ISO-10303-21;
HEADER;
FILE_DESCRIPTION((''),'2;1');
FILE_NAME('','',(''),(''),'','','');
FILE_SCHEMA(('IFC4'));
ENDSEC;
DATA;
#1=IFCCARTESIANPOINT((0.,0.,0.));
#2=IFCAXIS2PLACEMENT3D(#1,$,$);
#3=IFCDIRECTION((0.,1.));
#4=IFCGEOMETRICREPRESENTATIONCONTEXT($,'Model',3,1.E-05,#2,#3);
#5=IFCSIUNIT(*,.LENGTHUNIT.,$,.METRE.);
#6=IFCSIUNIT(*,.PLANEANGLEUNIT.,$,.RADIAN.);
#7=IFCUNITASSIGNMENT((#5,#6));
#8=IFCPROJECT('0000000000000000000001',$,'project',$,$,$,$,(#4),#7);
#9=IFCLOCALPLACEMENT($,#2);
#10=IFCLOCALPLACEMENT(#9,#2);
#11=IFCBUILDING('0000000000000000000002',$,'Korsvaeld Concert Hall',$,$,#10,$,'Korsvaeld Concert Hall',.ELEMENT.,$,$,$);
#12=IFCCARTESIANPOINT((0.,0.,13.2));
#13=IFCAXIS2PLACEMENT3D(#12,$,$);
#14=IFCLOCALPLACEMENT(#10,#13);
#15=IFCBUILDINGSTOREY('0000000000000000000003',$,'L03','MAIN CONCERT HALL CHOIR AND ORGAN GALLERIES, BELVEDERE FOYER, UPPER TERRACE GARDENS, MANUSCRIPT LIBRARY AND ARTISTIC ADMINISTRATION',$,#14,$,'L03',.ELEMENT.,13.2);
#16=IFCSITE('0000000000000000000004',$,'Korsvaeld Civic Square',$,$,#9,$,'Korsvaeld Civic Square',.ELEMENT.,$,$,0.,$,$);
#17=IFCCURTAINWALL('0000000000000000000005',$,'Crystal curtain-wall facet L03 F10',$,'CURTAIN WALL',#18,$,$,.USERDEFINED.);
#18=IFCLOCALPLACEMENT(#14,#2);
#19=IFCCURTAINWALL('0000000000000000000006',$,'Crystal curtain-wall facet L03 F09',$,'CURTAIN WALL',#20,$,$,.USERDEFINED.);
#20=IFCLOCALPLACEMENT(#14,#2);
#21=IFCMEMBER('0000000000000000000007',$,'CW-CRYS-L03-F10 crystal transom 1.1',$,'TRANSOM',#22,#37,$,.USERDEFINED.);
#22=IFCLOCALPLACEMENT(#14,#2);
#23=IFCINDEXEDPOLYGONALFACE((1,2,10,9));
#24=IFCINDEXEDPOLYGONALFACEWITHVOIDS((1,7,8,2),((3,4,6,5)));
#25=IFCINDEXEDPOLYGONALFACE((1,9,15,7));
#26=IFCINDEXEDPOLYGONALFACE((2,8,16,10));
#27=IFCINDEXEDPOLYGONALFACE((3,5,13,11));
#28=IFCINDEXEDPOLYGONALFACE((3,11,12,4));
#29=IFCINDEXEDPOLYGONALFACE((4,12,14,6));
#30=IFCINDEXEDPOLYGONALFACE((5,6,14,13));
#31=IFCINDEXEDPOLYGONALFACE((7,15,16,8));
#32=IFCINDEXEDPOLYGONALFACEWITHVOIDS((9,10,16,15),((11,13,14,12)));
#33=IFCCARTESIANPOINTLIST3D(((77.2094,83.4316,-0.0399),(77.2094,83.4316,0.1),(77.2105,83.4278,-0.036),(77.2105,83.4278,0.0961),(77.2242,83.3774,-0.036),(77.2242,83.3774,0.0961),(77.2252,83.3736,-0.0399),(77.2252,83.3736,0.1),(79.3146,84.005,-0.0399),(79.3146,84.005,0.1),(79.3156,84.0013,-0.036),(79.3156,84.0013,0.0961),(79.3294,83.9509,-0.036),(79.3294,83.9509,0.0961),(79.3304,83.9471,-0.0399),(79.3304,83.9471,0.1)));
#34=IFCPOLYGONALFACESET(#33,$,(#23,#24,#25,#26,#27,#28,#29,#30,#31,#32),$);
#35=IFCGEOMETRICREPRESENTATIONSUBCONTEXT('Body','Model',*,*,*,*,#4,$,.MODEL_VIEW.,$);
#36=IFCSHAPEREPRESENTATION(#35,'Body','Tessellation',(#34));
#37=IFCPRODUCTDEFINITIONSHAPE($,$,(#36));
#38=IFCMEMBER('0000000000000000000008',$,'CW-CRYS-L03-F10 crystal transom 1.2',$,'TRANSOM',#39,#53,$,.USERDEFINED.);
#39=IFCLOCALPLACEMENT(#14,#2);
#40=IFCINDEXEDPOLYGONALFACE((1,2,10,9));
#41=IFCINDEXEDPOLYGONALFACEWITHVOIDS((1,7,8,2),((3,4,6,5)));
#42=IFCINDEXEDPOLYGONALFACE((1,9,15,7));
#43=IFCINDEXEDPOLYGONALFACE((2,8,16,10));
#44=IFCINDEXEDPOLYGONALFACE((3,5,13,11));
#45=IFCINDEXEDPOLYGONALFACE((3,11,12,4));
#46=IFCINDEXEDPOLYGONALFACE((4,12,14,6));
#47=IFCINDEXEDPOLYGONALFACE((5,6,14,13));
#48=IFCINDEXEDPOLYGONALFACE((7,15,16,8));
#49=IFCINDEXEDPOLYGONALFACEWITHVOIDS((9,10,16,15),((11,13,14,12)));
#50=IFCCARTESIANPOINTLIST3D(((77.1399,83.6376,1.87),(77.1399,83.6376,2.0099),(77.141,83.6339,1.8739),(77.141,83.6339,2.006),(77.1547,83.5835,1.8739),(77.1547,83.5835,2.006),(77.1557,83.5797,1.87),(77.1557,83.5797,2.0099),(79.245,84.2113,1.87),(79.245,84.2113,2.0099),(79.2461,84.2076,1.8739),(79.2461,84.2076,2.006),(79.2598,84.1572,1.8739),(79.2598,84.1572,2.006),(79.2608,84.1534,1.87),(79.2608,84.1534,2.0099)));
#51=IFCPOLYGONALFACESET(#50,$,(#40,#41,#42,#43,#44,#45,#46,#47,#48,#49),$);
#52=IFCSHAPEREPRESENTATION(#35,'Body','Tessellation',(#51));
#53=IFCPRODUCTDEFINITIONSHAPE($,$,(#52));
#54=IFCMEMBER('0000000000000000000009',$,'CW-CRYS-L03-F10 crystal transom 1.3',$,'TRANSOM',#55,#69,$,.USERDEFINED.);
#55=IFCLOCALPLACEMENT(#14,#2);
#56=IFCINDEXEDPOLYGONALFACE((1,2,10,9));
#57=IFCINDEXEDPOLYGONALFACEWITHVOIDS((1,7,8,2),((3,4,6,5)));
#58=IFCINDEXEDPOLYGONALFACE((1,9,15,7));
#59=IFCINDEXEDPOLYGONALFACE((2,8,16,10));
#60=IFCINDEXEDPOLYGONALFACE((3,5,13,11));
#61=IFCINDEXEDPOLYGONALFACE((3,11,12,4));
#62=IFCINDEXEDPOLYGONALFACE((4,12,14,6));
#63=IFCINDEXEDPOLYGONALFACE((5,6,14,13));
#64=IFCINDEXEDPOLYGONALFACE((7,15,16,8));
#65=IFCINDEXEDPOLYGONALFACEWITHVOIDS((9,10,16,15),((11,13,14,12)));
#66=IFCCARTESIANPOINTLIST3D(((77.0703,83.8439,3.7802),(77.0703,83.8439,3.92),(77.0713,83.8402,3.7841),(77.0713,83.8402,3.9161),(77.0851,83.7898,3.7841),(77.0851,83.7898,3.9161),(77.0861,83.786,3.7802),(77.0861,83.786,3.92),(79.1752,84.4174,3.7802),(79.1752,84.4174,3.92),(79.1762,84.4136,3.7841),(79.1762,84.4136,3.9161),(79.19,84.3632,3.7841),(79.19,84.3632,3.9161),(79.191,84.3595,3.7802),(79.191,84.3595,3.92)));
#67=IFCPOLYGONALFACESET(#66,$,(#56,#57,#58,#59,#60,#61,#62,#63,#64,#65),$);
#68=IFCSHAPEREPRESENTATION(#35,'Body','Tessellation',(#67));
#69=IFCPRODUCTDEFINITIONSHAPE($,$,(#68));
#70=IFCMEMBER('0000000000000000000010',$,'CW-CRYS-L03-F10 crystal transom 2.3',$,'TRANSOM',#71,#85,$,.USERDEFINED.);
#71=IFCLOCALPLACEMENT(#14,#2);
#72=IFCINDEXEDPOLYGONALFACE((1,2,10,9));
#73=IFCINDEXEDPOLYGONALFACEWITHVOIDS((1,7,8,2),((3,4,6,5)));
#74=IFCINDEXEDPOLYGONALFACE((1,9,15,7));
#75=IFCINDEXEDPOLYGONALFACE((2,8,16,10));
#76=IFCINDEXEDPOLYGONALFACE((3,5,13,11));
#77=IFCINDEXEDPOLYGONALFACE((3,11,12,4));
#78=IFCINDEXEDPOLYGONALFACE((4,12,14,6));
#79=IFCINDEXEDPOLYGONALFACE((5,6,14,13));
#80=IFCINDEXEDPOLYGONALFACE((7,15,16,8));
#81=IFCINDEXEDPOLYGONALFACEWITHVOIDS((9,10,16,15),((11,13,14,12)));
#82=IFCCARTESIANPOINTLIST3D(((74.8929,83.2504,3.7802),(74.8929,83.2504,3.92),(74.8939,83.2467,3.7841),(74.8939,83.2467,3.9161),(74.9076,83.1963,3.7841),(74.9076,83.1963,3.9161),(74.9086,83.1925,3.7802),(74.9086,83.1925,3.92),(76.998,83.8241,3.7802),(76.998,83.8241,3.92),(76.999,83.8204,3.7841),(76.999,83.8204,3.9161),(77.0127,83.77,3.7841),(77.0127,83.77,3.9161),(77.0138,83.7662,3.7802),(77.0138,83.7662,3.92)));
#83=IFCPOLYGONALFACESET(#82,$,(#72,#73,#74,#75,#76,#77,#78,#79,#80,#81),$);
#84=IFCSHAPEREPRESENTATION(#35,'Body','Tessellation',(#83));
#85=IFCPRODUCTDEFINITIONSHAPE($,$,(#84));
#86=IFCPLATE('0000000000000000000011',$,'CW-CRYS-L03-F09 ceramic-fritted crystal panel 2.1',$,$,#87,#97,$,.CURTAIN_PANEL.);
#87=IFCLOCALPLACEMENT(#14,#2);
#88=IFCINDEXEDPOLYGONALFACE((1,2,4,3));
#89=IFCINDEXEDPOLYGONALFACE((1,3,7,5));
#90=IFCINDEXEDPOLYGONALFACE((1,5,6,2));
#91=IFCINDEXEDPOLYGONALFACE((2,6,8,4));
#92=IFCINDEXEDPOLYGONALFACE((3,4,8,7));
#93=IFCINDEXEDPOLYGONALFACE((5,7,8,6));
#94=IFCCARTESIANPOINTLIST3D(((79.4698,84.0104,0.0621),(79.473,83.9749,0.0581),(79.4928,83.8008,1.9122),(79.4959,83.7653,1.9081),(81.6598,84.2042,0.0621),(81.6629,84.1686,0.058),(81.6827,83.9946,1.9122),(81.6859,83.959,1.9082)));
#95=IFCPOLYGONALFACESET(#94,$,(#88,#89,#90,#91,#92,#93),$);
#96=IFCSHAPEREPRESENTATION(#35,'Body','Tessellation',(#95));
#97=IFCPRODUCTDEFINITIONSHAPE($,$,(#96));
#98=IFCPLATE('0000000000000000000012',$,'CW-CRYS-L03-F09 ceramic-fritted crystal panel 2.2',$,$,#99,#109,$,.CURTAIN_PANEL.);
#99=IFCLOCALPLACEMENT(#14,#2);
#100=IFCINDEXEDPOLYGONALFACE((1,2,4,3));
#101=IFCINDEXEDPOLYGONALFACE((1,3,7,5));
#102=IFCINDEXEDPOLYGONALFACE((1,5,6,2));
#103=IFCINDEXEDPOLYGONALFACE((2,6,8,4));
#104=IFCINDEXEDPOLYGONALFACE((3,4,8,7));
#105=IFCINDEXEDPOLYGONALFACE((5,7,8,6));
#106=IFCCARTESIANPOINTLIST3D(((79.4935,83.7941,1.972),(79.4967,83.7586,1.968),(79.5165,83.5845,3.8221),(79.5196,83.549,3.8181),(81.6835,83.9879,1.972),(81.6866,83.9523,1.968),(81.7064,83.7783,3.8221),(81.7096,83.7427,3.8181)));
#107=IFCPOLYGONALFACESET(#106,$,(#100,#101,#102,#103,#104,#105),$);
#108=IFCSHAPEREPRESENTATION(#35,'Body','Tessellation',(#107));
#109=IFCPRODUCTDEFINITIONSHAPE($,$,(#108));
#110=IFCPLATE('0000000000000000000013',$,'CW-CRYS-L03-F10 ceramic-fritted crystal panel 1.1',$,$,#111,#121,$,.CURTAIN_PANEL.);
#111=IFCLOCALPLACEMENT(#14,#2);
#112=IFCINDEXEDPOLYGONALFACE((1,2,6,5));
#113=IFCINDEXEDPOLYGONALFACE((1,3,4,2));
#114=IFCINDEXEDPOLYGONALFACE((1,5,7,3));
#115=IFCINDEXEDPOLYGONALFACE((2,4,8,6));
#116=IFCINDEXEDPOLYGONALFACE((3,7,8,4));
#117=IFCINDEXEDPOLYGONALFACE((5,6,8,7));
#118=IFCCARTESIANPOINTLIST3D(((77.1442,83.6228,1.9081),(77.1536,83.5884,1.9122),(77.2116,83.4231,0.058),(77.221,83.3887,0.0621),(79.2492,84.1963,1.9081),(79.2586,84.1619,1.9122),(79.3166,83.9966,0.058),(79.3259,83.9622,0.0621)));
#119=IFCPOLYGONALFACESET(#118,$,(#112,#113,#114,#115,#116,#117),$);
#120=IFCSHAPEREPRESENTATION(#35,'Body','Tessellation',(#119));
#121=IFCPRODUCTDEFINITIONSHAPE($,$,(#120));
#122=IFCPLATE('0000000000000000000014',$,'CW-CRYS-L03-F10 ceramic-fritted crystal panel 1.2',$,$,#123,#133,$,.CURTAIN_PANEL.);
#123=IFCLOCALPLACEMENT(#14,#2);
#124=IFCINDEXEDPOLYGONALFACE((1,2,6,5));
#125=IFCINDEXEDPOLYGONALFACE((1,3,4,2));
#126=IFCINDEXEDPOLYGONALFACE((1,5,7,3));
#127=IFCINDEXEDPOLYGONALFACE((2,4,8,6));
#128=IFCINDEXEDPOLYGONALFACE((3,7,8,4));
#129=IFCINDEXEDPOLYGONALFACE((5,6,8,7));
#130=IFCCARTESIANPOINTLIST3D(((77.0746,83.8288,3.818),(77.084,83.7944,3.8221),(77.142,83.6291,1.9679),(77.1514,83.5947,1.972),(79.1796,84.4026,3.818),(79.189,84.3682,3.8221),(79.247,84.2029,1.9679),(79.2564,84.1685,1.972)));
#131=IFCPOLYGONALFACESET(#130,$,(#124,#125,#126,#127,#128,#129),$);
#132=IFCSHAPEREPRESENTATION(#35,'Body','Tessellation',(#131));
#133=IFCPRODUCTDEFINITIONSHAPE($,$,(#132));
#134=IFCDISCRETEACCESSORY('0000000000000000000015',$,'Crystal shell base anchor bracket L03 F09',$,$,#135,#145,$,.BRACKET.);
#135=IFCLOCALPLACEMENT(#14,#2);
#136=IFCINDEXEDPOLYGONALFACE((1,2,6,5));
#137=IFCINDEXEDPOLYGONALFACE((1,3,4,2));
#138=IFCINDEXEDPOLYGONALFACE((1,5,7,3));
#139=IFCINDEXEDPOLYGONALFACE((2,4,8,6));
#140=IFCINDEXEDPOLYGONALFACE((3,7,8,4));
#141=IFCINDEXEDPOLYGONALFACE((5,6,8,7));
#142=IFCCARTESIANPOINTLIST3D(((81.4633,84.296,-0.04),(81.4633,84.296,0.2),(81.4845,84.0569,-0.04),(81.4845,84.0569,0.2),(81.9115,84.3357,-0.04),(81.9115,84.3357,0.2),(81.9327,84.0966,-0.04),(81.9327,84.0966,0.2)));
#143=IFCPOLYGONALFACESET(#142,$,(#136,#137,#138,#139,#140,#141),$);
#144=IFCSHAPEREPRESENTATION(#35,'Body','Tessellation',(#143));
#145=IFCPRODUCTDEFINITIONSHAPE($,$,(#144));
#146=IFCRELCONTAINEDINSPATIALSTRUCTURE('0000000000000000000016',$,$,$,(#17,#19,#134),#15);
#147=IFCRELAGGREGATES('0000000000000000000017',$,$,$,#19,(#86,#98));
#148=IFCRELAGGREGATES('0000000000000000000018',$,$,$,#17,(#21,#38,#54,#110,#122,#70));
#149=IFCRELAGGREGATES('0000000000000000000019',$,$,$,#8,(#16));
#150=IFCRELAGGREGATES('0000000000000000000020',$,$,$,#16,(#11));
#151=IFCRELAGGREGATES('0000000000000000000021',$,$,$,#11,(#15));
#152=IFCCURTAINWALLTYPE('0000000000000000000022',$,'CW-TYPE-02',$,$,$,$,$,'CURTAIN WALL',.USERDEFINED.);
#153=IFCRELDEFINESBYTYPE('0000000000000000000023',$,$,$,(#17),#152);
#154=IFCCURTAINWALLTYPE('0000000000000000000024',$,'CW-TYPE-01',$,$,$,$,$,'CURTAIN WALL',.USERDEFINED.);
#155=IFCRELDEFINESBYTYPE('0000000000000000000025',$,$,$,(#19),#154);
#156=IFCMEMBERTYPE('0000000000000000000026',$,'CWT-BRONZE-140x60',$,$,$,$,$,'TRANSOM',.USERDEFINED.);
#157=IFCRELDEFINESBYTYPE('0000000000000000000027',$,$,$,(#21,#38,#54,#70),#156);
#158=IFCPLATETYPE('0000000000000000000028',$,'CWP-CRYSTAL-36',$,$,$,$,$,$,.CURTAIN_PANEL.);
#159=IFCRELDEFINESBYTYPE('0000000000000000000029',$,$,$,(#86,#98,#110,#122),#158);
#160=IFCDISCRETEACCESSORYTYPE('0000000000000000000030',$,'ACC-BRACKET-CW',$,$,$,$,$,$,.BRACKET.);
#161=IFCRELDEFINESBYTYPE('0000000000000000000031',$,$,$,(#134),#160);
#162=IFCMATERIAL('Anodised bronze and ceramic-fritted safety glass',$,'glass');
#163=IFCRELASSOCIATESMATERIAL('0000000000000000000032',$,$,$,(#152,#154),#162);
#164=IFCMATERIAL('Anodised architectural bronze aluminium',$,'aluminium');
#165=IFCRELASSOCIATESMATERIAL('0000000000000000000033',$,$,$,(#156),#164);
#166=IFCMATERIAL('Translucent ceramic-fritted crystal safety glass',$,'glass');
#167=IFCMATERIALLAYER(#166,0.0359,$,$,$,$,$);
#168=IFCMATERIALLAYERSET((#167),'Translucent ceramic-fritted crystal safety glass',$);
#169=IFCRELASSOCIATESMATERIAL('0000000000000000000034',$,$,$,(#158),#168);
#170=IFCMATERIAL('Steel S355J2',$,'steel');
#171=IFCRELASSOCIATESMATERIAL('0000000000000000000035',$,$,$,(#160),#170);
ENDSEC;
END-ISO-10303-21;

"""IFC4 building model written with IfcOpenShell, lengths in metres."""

from ifc_helpers import new_model, si_unit, direction, frame, origin, origin_2d, place, context, subcontext, project, spatial, polyline, rectangle, hollow_rectangle, outline, extrude, material, layer, layer_set, material_profile, profile_set, type_object, element, aggregate, save


model = new_model("IFC4")

# Units and contexts
model_context = context("Model", 3, precision=1e-05, world=origin(), true_north=direction((0.0, 1.0)))
body_context = subcontext(model_context, "Body", "Model", "MODEL_VIEW")
ifc_project = project(units=[si_unit("LENGTHUNIT", "METRE"), si_unit("PLANEANGLEUNIT", "RADIAN")], contexts=[model_context])

# Site, building, storey
site_placement = place(None, origin())
site = spatial("IfcSite", under=ifc_project, at=site_placement, Name="Korsvaeld Civic Square", LongName="Korsvaeld Civic Square", CompositionType="ELEMENT", RefElevation=0.0)
building_placement = place(site_placement, origin())
building = spatial("IfcBuilding", under=site, at=building_placement, Name="Korsvaeld Concert Hall", LongName="Korsvaeld Concert Hall", CompositionType="ELEMENT")
storey_placement = place(building_placement, frame((0.0, 0.0, 13.2)))
storey = spatial("IfcBuildingStorey", under=building, at=storey_placement, Name="L03", Description="MAIN CONCERT HALL CHOIR AND ORGAN GALLERIES, BELVEDERE FOYER, UPPER TERRACE GARDENS, MANUSCRIPT LIBRARY AND ARTISTIC ADMINISTRATION", LongName="L03", CompositionType="ELEMENT", Elevation=13.2)

# Shared definitions
ifc_material_1 = material(Name="Steel S355J2", Category="steel")

# Curtain wall
ifc_material_2 = material(Name="Anodised bronze and ceramic-fritted safety glass", Category="glass")
curtain_wall_type_1 = type_object("IfcCurtainWallType", Name="CW-TYPE-02", ElementType="CURTAIN WALL", PredefinedType="USERDEFINED", material=ifc_material_2)
curtain_wall_1_placement = place(storey_placement, origin())
curtain_wall_1 = element("IfcCurtainWall", 1, at=curtain_wall_1_placement, inside=storey, type_object=curtain_wall_type_1, Name="Crystal curtain-wall facet L03 F10", ObjectType="CURTAIN WALL", PredefinedType="USERDEFINED")
ifc_material_3 = material(Name="Anodised architectural bronze aluminium", Category="aluminium")

# Curtain wall
curtain_wall_type_2 = type_object("IfcCurtainWallType", Name="CW-TYPE-01", ElementType="CURTAIN WALL", PredefinedType="USERDEFINED", material=ifc_material_2)
curtain_wall_2_placement = place(storey_placement, origin())
curtain_wall_2 = element("IfcCurtainWall", 2, at=curtain_wall_2_placement, inside=storey, type_object=curtain_wall_type_2, Name="Crystal curtain-wall facet L03 F09", ObjectType="CURTAIN WALL", PredefinedType="USERDEFINED")
ifc_material_profile_1 = material_profile(ifc_material_3, hollow_rectangle(XDim=0.0601, YDim=0.1399, WallThickness=0.0039, at=origin_2d()), Name="CWT 140x60x4")
ifc_profile_set_1 = profile_set([ifc_material_profile_1], Name="Anodised architectural bronze aluminium")
member_type_1 = type_object("IfcMemberType", Name="CWT-BRONZE-140x60", ElementType="TRANSOM", PredefinedType="USERDEFINED", material=ifc_profile_set_1)

# Members
member_1_placement = place(storey_placement, frame((79.3225, 83.9761, 0.03), z_axis=(-0.964841, -0.262833, 0.0), x_axis=(0.262833, -0.964841, 0.0)))
member_1 = element("IfcMember", 3, at=member_1_placement, type_object=member_type_1, Name="CW-CRYS-L03-F10 crystal transom 1.1", ObjectType="TRANSOM", PredefinedType="USERDEFINED", context=body_context, shape_type="SweptSolid", body=[
    extrude(hollow_rectangle(XDim=0.0601, YDim=0.1399, WallThickness=0.0039, at=origin_2d()), origin(), (0.0, 0.0, 1.0), 2.1819),
])
member_2_placement = place(storey_placement, frame((79.2529, 84.1824, 1.9399), z_axis=(-0.964813, -0.262938, 0.0), x_axis=(0.262938, -0.964813, 0.0)))
member_2 = element("IfcMember", 4, at=member_2_placement, type_object=member_type_1, Name="CW-CRYS-L03-F10 crystal transom 1.2", ObjectType="TRANSOM", PredefinedType="USERDEFINED", context=body_context, shape_type="SweptSolid", body=[
    extrude(hollow_rectangle(XDim=0.0601, YDim=0.1399, WallThickness=0.0039, at=origin_2d()), origin(), (0.0, 0.0, 1.0), 2.1819),
])
member_3_placement = place(storey_placement, frame((79.1831, 84.3884, 3.8501), z_axis=(-0.964834, -0.262862, 0.0), x_axis=(0.262862, -0.964834, 0.0)))
member_3 = element("IfcMember", 5, at=member_3_placement, type_object=member_type_1, Name="CW-CRYS-L03-F10 crystal transom 1.3", ObjectType="TRANSOM", PredefinedType="USERDEFINED", context=body_context, shape_type="SweptSolid", body=[
    extrude(hollow_rectangle(XDim=0.0601, YDim=0.1399, WallThickness=0.0039, at=origin_2d()), origin(), (0.0, 0.0, 1.0), 2.1816),
])
member_4_placement = place(storey_placement, frame((77.0059, 83.7952, 3.8501), z_axis=(-0.964813, -0.262938, 0.0), x_axis=(0.262938, -0.964813, 0.0)))
member_4 = element("IfcMember", 6, at=member_4_placement, type_object=member_type_1, Name="CW-CRYS-L03-F10 crystal transom 2.3", ObjectType="TRANSOM", PredefinedType="USERDEFINED", context=body_context, shape_type="SweptSolid", body=[
    extrude(hollow_rectangle(XDim=0.0601, YDim=0.1399, WallThickness=0.0039, at=origin_2d()), origin(), (0.0, 0.0, 1.0), 2.1819),
])

# Plates
ifc_material_4 = material(Name="Translucent ceramic-fritted crystal safety glass", Category="glass")
ifc_layer = layer(ifc_material_4, 0.0359)
ifc_layer_set = layer_set([ifc_layer], Name="Translucent ceramic-fritted crystal safety glass")
plate_type = type_object("IfcPlateType", Name="CWP-CRYSTAL-36", PredefinedType="CURTAIN_PANEL", material=ifc_layer_set)
plate_1_placement = place(storey_placement, frame((81.6614, 84.1863, 0.0601), z_axis=(-0.087551, 0.989706, 0.113208), x_axis=(-0.99611, -0.088118, 0.000006)))
plate_1 = element("IfcPlate", 7, at=plate_1_placement, type_object=plate_type, Name="CW-CRYS-L03-F09 ceramic-fritted crystal panel 2.1", PredefinedType="CURTAIN_PANEL", context=body_context, shape_type="SweptSolid", body=[
    extrude(outline(polyline([(0.0, 0.0), (2.1985, 0.0), (2.1941, 1.8621), (-0.0044, 1.8621), (0.0, 0.0)])), frame((0.0, 0.0, 0.0181)), (0.0, 0.0, -1.0), 0.0359),
])
plate_2_placement = place(storey_placement, frame((81.6851, 83.97, 1.97), z_axis=(-0.087551, 0.989706, 0.113208), x_axis=(-0.99611, -0.088118, 0.000006)))
plate_2 = element("IfcPlate", 8, at=plate_2_placement, type_object=plate_type, Name="CW-CRYS-L03-F09 ceramic-fritted crystal panel 2.2", PredefinedType="CURTAIN_PANEL", context=body_context, shape_type="SweptSolid", body=[
    extrude(outline(polyline([(0.0, 0.0), (2.1985, 0.0), (2.1941, 1.8621), (-0.0044, 1.8621), (0.0, 0.0)])), frame((0.0, 0.0, 0.0181)), (0.0, 0.0, -1.0), 0.0359),
])
aggregate(curtain_wall_2, [plate_1, plate_2])
plate_3_placement = place(storey_placement, frame((79.3213, 83.9792, 0.0601), z_axis=(-0.261178, 0.958654, -0.112993), x_axis=(-0.964834, -0.262862, 0.0)))
plate_3 = element("IfcPlate", 9, at=plate_3_placement, type_object=plate_type, Name="CW-CRYS-L03-F10 ceramic-fritted crystal panel 1.1", PredefinedType="CURTAIN_PANEL", context=body_context, shape_type="SweptSolid", body=[
    extrude(outline(polyline([(0.0, 0.0), (2.1817, 0.0), (2.1942, 1.862), (0.0125, 1.862), (0.0, 0.0)])), frame((0.0, 0.0, 0.0181)), (0.0, 0.0, -1.0), 0.0359),
])
plate_4_placement = place(storey_placement, frame((79.2517, 84.1855, 1.97), z_axis=(-0.261282, 0.958626, -0.112994), x_axis=(-0.964805, -0.262966, 0.0)))
plate_4 = element("IfcPlate", 10, at=plate_4_placement, type_object=plate_type, Name="CW-CRYS-L03-F10 ceramic-fritted crystal panel 1.2", PredefinedType="CURTAIN_PANEL", context=body_context, shape_type="SweptSolid", body=[
    extrude(outline(polyline([(0.0, 0.0), (2.1818, 0.0), (2.1943, 1.862), (0.0125, 1.862), (0.0, 0.0)])), frame((0.0, 0.0, 0.0181)), (0.0, 0.0, -1.0), 0.0359),
])
aggregate(curtain_wall_1, [member_1, member_2, member_3, plate_3, plate_4, member_4])

# Discrete accessory
discrete_accessory_type = type_object("IfcDiscreteAccessoryType", Name="ACC-BRACKET-CW", PredefinedType="BRACKET", material=ifc_material_1)
discrete_accessory_placement = place(storey_placement, frame((81.698, 84.1963, -0.04), z_axis=(0.0, 0.0, 1.0), x_axis=(-0.996103, -0.088199, 0.0)))
element("IfcDiscreteAccessory", 11, at=discrete_accessory_placement, inside=storey, type_object=discrete_accessory_type, Name="Crystal shell base anchor bracket L03 F09", PredefinedType="BRACKET", context=body_context, shape_type="SweptSolid", body=[
    extrude(rectangle(XDim=0.45, YDim=0.24, at=origin_2d()), origin(), (0.0, 0.0, 1.0), 0.24),
])

save(model, "model.ifc")
